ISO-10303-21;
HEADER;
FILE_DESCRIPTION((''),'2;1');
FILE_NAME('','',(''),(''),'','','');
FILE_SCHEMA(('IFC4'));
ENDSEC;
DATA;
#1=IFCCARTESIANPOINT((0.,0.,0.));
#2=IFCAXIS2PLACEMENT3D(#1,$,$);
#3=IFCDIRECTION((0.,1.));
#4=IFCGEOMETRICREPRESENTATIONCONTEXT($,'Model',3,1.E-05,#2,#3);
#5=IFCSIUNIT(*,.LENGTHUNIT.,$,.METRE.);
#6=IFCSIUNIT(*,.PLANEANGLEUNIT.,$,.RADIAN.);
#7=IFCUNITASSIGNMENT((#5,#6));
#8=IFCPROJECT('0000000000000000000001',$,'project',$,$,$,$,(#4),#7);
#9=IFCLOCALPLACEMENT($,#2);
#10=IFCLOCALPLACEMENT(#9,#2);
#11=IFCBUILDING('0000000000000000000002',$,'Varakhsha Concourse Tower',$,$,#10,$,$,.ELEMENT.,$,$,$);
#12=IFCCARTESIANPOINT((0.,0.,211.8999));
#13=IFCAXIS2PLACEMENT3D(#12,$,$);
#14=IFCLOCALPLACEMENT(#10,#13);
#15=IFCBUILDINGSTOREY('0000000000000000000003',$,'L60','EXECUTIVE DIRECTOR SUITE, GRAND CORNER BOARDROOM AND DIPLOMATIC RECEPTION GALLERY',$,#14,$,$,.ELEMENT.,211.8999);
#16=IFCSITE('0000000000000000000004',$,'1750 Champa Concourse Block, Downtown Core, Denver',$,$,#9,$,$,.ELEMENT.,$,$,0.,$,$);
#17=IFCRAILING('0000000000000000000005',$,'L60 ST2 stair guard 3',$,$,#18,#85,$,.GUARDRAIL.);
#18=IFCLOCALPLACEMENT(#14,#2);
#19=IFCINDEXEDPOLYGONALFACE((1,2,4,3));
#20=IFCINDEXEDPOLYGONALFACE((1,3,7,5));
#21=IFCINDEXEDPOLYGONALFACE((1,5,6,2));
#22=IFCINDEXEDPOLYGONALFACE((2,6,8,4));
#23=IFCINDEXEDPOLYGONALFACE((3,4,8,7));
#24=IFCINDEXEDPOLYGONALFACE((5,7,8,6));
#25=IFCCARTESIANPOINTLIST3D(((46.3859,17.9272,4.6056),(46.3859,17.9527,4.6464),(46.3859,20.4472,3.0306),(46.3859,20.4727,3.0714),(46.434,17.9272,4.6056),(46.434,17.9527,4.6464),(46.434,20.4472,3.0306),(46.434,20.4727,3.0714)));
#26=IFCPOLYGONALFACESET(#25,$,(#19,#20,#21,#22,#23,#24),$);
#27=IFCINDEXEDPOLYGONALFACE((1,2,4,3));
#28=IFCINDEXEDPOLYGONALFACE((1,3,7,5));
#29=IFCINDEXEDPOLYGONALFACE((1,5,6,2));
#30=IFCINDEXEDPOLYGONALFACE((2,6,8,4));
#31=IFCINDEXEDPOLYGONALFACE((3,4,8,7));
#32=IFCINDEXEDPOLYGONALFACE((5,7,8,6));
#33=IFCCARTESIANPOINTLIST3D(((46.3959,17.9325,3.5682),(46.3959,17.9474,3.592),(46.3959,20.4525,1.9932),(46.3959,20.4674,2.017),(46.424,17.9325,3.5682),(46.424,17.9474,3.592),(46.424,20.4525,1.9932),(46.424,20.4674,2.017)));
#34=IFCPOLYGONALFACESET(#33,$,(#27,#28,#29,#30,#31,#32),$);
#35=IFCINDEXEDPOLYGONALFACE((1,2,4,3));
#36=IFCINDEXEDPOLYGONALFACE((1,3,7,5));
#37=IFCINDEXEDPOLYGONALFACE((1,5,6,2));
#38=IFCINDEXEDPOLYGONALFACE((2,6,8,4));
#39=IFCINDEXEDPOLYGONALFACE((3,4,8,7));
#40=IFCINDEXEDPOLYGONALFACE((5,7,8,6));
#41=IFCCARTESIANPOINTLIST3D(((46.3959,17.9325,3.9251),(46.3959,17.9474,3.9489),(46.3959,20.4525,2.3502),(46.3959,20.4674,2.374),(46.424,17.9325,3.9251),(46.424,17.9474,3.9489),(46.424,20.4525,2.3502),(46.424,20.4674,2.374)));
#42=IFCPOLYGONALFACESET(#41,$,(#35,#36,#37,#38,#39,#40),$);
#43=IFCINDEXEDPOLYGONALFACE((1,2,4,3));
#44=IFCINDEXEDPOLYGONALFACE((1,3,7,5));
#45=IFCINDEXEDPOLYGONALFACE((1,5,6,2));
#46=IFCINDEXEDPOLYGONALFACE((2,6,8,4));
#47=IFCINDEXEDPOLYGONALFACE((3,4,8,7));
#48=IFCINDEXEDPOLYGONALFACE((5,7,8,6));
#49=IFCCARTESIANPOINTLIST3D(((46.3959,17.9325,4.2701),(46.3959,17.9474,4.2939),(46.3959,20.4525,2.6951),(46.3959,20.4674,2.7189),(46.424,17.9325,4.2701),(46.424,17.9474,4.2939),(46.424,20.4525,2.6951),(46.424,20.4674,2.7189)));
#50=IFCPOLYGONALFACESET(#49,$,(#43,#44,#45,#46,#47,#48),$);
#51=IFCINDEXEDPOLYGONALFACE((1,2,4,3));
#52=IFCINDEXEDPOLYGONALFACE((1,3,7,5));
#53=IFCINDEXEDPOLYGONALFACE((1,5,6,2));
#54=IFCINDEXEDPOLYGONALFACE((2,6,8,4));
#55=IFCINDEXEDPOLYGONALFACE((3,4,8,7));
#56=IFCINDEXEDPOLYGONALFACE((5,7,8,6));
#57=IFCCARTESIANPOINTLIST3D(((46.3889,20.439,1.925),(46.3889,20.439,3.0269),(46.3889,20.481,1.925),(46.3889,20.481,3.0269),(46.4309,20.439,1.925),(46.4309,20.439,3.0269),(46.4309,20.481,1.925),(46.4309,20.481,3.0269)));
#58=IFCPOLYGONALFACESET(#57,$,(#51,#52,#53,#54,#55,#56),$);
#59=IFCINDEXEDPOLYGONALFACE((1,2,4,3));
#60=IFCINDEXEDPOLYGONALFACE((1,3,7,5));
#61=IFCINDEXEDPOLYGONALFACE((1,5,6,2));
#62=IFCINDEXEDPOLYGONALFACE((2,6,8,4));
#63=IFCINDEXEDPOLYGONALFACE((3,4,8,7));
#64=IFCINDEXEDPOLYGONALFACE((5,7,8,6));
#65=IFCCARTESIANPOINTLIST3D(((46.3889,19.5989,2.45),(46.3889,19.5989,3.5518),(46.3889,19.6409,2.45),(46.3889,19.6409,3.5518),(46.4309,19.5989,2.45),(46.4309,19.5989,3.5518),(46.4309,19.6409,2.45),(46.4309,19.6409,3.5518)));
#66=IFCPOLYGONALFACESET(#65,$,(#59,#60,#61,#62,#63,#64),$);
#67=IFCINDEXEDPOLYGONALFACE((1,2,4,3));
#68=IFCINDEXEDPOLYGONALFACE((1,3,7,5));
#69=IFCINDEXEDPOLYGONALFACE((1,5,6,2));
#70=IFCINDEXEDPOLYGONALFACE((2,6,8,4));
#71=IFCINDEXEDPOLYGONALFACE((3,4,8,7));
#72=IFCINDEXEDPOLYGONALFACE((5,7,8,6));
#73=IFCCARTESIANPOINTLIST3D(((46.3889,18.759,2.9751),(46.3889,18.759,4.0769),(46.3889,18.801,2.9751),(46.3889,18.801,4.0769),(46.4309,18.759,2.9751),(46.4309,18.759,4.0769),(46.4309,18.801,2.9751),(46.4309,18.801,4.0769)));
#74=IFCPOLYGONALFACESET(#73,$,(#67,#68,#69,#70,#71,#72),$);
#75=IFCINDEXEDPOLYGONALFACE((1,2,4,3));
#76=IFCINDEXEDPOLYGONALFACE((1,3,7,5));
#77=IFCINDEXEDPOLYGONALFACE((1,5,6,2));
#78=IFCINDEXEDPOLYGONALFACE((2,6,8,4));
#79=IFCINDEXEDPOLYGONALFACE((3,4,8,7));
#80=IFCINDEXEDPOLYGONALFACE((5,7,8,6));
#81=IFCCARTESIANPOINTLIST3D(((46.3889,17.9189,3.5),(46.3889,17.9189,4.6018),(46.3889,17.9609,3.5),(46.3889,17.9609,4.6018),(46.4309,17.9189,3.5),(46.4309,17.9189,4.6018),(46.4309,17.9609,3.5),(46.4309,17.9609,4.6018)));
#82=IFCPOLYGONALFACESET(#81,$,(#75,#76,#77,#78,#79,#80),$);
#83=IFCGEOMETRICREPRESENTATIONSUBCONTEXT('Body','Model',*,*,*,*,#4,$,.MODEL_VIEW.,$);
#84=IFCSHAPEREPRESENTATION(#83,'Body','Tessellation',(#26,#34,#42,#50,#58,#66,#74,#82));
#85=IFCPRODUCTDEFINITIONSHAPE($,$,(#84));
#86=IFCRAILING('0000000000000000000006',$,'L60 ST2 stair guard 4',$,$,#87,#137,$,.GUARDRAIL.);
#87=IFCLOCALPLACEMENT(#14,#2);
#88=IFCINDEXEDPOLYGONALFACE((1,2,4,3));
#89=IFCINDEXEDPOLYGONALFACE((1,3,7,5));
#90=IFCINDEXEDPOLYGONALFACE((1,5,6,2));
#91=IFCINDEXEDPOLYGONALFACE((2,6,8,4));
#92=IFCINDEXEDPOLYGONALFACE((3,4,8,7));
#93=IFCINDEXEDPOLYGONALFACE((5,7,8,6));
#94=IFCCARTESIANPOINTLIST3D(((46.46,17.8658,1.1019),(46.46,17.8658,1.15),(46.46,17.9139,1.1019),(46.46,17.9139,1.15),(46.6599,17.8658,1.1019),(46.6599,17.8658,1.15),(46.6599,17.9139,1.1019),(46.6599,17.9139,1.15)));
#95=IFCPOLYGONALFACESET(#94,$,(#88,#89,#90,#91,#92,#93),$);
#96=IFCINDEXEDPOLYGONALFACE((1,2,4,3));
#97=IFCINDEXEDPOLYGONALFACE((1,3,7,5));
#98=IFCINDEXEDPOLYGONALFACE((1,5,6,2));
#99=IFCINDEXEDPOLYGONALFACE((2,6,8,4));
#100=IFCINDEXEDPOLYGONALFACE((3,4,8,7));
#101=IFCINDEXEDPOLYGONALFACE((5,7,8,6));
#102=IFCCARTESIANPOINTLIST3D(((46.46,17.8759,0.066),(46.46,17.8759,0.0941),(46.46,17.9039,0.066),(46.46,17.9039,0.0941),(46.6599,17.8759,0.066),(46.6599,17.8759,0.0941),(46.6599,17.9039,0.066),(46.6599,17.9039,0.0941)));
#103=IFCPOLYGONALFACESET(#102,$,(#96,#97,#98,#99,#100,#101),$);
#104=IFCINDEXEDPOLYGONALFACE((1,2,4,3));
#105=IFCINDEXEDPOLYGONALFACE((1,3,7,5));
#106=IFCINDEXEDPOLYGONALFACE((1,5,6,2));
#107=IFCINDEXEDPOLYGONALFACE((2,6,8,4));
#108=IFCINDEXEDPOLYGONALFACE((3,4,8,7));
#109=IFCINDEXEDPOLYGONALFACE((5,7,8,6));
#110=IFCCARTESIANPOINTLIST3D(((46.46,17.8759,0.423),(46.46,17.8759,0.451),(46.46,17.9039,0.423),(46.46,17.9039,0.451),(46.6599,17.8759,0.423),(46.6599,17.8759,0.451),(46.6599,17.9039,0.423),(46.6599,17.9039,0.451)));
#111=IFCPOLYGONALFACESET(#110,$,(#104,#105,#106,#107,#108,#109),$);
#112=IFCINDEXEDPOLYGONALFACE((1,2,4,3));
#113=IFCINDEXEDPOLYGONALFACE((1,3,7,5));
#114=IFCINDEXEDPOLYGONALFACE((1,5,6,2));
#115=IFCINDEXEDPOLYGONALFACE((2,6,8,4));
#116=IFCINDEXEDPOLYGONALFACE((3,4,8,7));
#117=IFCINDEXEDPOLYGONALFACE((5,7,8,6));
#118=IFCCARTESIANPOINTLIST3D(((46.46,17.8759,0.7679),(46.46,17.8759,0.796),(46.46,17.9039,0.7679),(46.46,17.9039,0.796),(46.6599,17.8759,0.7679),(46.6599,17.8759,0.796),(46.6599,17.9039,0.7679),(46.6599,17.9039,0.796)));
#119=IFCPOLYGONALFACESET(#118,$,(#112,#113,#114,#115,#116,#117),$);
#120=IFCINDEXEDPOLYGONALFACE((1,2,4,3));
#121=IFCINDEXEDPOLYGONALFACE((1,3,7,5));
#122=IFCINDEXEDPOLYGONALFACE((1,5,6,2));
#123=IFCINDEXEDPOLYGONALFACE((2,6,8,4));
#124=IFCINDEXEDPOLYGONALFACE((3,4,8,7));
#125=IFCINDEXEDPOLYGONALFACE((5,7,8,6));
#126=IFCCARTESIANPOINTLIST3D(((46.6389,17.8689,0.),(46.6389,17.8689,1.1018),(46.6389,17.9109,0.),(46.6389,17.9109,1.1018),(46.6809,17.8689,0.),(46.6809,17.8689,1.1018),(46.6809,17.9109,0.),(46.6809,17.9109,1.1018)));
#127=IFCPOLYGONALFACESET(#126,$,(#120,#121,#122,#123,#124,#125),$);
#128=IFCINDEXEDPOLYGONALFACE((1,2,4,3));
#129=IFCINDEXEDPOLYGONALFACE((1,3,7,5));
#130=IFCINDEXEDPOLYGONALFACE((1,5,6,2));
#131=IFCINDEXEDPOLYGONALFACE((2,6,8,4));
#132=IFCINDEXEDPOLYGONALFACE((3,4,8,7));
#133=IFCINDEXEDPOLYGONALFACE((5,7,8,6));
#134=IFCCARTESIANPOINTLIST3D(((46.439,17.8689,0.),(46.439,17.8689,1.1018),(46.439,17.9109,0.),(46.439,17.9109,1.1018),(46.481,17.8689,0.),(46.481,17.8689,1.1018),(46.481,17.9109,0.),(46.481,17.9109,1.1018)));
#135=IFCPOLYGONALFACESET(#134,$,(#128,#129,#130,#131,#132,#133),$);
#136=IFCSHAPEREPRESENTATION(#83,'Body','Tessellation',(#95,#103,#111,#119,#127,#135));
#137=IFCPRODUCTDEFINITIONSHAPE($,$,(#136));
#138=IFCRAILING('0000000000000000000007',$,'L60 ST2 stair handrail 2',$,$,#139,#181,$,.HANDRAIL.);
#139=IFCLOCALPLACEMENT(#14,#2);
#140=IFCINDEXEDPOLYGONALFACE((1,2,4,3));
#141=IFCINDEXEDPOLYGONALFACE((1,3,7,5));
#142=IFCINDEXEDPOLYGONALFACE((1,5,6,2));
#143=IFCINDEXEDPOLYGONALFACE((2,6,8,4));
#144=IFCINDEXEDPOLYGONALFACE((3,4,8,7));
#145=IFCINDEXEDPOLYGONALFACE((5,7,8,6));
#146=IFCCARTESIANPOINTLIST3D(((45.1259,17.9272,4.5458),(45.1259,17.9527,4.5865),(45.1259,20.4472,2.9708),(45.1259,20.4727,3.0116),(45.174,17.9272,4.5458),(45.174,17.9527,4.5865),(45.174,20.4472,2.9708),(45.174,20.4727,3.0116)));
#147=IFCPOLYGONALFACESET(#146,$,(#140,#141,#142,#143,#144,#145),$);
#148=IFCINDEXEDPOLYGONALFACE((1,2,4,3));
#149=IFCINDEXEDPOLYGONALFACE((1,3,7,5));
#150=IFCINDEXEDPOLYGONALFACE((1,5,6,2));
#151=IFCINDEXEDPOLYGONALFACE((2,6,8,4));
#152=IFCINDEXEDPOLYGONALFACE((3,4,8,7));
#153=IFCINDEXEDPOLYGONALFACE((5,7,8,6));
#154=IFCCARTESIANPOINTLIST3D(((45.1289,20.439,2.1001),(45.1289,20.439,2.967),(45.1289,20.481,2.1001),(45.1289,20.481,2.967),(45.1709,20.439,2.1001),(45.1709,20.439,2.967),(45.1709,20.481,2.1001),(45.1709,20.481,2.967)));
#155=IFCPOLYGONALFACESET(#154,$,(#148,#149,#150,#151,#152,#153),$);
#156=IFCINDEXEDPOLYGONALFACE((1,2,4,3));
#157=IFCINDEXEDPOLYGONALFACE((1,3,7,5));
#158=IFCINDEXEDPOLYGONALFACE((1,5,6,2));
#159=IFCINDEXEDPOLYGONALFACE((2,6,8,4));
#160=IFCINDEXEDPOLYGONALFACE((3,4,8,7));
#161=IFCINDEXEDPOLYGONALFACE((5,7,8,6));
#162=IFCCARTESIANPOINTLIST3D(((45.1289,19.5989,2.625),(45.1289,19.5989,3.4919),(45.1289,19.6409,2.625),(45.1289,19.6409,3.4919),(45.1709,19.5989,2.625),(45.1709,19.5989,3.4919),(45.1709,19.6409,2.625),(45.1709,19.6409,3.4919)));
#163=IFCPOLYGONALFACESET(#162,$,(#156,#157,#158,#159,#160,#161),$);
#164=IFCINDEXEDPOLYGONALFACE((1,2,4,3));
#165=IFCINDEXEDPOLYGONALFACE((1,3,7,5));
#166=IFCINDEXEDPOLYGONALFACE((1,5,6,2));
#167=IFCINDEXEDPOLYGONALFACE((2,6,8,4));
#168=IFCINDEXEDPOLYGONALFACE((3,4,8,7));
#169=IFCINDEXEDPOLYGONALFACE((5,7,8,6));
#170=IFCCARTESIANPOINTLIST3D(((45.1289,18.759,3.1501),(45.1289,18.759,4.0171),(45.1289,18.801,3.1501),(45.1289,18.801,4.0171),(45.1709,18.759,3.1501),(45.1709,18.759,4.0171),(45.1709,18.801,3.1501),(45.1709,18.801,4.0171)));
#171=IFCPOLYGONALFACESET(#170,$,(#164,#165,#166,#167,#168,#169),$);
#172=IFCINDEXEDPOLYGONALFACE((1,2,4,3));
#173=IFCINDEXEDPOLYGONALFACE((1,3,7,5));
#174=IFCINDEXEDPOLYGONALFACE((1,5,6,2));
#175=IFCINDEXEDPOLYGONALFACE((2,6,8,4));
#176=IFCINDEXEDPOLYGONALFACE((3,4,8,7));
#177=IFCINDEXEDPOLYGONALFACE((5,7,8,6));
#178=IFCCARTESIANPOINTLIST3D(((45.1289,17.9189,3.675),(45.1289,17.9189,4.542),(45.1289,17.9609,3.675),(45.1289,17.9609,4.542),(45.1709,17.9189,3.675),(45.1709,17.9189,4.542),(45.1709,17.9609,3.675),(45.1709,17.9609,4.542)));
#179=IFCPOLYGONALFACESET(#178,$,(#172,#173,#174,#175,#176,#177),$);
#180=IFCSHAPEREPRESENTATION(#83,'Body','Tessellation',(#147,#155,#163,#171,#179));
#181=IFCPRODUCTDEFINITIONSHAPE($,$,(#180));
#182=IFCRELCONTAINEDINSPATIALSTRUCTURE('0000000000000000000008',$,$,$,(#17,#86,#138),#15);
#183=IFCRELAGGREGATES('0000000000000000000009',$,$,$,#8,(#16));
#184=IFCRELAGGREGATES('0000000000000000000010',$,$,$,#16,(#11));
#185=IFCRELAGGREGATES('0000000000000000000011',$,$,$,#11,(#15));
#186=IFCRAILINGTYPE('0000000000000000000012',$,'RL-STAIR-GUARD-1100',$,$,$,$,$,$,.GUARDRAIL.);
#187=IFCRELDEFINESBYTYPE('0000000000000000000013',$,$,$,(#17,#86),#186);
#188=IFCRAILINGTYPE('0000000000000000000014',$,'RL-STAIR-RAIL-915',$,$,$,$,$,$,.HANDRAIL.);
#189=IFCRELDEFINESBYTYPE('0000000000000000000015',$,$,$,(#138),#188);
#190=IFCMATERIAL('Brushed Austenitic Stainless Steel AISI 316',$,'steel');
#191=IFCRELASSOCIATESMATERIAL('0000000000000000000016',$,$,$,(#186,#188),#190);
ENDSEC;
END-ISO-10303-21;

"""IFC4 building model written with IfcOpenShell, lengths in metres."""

from ifc_helpers import new_model, si_unit, direction, frame, origin, origin_2d, place, context, subcontext, project, spatial, rectangle, extrude, material, type_object, element, save


model = new_model("IFC4")

# Units and contexts
model_context = context("Model", 3, precision=1e-05, world=origin(), true_north=direction((0.0, 1.0)))
body_context = subcontext(model_context, "Body", "Model", "MODEL_VIEW")
ifc_project = project(units=[si_unit("LENGTHUNIT", "METRE"), si_unit("PLANEANGLEUNIT", "RADIAN")], contexts=[model_context])

# Site, building, storey
site_placement = place(None, origin())
site = spatial("IfcSite", under=ifc_project, at=site_placement, Name="1750 Champa Concourse Block, Downtown Core, Denver", CompositionType="ELEMENT", RefElevation=0.0)
building_placement = place(site_placement, origin())
building = spatial("IfcBuilding", under=site, at=building_placement, Name="Varakhsha Concourse Tower", CompositionType="ELEMENT")
storey_placement = place(building_placement, frame((0.0, 0.0, 211.8999)))
storey = spatial("IfcBuildingStorey", under=building, at=storey_placement, Name="L60", Description="EXECUTIVE DIRECTOR SUITE, GRAND CORNER BOARDROOM AND DIPLOMATIC RECEPTION GALLERY", CompositionType="ELEMENT", Elevation=211.8999)

# Railings
ifc_material_1 = material(Name="Brushed Austenitic Stainless Steel AISI 316", Category="steel")
railing_type_1 = type_object("IfcRailingType", Name="RL-STAIR-GUARD-1100", PredefinedType="GUARDRAIL", material=ifc_material_1)
railing_1_placement = place(storey_placement, frame((46.4099, 20.46, 1.925)))
element("IfcRailing", 1, at=railing_1_placement, inside=storey, type_object=railing_type_1, Name="L60 ST2 stair guard 3", PredefinedType="GUARDRAIL", context=body_context, shape_type="SweptSolid", body=[
    extrude(rectangle(XDim=0.0481, YDim=0.0481, at=origin_2d()), frame((0.0, 0.0, 1.126), z_axis=(0.0, -0.848008, 0.529984), x_axis=(1.0, 0.0, 0.0)), (0.0, 0.0, 1.0), 2.9717),
    extrude(rectangle(XDim=0.0281, YDim=0.0281, at=origin_2d()), frame((0.0, 0.0, 0.0801), z_axis=(0.0, -0.848008, 0.529984), x_axis=(1.0, 0.0, 0.0)), (0.0, 0.0, 1.0), 2.9717),
    extrude(rectangle(XDim=0.0281, YDim=0.0281, at=origin_2d()), frame((0.0, 0.0, 0.437), z_axis=(0.0, -0.848008, 0.529984), x_axis=(1.0, 0.0, 0.0)), (0.0, 0.0, 1.0), 2.9717),
    extrude(rectangle(XDim=0.0281, YDim=0.0281, at=origin_2d()), frame((0.0, 0.0, 0.782), z_axis=(0.0, -0.848008, 0.529984), x_axis=(1.0, 0.0, 0.0)), (0.0, 0.0, 1.0), 2.9717),
    extrude(rectangle(XDim=0.042, YDim=0.042, at=origin_2d()), origin(), (0.0, 0.0, 1.0), 1.1018),
    extrude(rectangle(XDim=0.042, YDim=0.042, at=origin_2d()), frame((0.0, -0.8401, 0.5249)), (0.0, 0.0, 1.0), 1.1018),
    extrude(rectangle(XDim=0.042, YDim=0.042, at=origin_2d()), frame((0.0, -1.6799, 1.05)), (0.0, 0.0, 1.0), 1.1018),
    extrude(rectangle(XDim=0.042, YDim=0.042, at=origin_2d()), frame((0.0, -2.52, 1.575)), (0.0, 0.0, 1.0), 1.1018),
])
railing_2_placement = place(storey_placement, frame((46.6599, 17.8899, 0.0)))
element("IfcRailing", 2, at=railing_2_placement, inside=storey, type_object=railing_type_1, Name="L60 ST2 stair guard 4", PredefinedType="GUARDRAIL", context=body_context, shape_type="SweptSolid", body=[
    extrude(rectangle(XDim=0.0481, YDim=0.0481, at=origin_2d()), frame((0.0, 0.0, 1.126), z_axis=(-1.0, 0.0, 0.0), x_axis=(0.0, -1.0, 0.0)), (0.0, 0.0, 1.0), 0.2),
    extrude(rectangle(XDim=0.0281, YDim=0.0281, at=origin_2d()), frame((0.0, 0.0, 0.0801), z_axis=(-1.0, 0.0, 0.0), x_axis=(0.0, -1.0, 0.0)), (0.0, 0.0, 1.0), 0.2),
    extrude(rectangle(XDim=0.0281, YDim=0.0281, at=origin_2d()), frame((0.0, 0.0, 0.437), z_axis=(-1.0, 0.0, 0.0), x_axis=(0.0, -1.0, 0.0)), (0.0, 0.0, 1.0), 0.2),
    extrude(rectangle(XDim=0.0281, YDim=0.0281, at=origin_2d()), frame((0.0, 0.0, 0.782), z_axis=(-1.0, 0.0, 0.0), x_axis=(0.0, -1.0, 0.0)), (0.0, 0.0, 1.0), 0.2),
    extrude(rectangle(XDim=0.042, YDim=0.042, at=origin_2d()), origin(), (0.0, 0.0, 1.0), 1.1018),
    extrude(rectangle(XDim=0.042, YDim=0.042, at=origin_2d()), frame((-0.2, 0.0, 0.0)), (0.0, 0.0, 1.0), 1.1018),
])
railing_type_2 = type_object("IfcRailingType", Name="RL-STAIR-RAIL-915", PredefinedType="HANDRAIL", material=ifc_material_1)
railing_3_placement = place(storey_placement, frame((45.1499, 20.46, 2.1001)))
element("IfcRailing", 3, at=railing_3_placement, inside=storey, type_object=railing_type_2, Name="L60 ST2 stair handrail 2", PredefinedType="HANDRAIL", context=body_context, shape_type="SweptSolid", body=[
    extrude(rectangle(XDim=0.0481, YDim=0.0481, at=origin_2d()), frame((0.0, 0.0, 0.8911), z_axis=(0.0, -0.848008, 0.529984), x_axis=(1.0, 0.0, 0.0)), (0.0, 0.0, 1.0), 2.9717),
    extrude(rectangle(XDim=0.042, YDim=0.042, at=origin_2d()), origin(), (0.0, 0.0, 1.0), 0.8669),
    extrude(rectangle(XDim=0.042, YDim=0.042, at=origin_2d()), frame((0.0, -0.8401, 0.5249)), (0.0, 0.0, 1.0), 0.8669),
    extrude(rectangle(XDim=0.042, YDim=0.042, at=origin_2d()), frame((0.0, -1.6799, 1.05)), (0.0, 0.0, 1.0), 0.8669),
    extrude(rectangle(XDim=0.042, YDim=0.042, at=origin_2d()), frame((0.0, -2.52, 1.575)), (0.0, 0.0, 1.0), 0.8669),
])

save(model, "model.ifc")
